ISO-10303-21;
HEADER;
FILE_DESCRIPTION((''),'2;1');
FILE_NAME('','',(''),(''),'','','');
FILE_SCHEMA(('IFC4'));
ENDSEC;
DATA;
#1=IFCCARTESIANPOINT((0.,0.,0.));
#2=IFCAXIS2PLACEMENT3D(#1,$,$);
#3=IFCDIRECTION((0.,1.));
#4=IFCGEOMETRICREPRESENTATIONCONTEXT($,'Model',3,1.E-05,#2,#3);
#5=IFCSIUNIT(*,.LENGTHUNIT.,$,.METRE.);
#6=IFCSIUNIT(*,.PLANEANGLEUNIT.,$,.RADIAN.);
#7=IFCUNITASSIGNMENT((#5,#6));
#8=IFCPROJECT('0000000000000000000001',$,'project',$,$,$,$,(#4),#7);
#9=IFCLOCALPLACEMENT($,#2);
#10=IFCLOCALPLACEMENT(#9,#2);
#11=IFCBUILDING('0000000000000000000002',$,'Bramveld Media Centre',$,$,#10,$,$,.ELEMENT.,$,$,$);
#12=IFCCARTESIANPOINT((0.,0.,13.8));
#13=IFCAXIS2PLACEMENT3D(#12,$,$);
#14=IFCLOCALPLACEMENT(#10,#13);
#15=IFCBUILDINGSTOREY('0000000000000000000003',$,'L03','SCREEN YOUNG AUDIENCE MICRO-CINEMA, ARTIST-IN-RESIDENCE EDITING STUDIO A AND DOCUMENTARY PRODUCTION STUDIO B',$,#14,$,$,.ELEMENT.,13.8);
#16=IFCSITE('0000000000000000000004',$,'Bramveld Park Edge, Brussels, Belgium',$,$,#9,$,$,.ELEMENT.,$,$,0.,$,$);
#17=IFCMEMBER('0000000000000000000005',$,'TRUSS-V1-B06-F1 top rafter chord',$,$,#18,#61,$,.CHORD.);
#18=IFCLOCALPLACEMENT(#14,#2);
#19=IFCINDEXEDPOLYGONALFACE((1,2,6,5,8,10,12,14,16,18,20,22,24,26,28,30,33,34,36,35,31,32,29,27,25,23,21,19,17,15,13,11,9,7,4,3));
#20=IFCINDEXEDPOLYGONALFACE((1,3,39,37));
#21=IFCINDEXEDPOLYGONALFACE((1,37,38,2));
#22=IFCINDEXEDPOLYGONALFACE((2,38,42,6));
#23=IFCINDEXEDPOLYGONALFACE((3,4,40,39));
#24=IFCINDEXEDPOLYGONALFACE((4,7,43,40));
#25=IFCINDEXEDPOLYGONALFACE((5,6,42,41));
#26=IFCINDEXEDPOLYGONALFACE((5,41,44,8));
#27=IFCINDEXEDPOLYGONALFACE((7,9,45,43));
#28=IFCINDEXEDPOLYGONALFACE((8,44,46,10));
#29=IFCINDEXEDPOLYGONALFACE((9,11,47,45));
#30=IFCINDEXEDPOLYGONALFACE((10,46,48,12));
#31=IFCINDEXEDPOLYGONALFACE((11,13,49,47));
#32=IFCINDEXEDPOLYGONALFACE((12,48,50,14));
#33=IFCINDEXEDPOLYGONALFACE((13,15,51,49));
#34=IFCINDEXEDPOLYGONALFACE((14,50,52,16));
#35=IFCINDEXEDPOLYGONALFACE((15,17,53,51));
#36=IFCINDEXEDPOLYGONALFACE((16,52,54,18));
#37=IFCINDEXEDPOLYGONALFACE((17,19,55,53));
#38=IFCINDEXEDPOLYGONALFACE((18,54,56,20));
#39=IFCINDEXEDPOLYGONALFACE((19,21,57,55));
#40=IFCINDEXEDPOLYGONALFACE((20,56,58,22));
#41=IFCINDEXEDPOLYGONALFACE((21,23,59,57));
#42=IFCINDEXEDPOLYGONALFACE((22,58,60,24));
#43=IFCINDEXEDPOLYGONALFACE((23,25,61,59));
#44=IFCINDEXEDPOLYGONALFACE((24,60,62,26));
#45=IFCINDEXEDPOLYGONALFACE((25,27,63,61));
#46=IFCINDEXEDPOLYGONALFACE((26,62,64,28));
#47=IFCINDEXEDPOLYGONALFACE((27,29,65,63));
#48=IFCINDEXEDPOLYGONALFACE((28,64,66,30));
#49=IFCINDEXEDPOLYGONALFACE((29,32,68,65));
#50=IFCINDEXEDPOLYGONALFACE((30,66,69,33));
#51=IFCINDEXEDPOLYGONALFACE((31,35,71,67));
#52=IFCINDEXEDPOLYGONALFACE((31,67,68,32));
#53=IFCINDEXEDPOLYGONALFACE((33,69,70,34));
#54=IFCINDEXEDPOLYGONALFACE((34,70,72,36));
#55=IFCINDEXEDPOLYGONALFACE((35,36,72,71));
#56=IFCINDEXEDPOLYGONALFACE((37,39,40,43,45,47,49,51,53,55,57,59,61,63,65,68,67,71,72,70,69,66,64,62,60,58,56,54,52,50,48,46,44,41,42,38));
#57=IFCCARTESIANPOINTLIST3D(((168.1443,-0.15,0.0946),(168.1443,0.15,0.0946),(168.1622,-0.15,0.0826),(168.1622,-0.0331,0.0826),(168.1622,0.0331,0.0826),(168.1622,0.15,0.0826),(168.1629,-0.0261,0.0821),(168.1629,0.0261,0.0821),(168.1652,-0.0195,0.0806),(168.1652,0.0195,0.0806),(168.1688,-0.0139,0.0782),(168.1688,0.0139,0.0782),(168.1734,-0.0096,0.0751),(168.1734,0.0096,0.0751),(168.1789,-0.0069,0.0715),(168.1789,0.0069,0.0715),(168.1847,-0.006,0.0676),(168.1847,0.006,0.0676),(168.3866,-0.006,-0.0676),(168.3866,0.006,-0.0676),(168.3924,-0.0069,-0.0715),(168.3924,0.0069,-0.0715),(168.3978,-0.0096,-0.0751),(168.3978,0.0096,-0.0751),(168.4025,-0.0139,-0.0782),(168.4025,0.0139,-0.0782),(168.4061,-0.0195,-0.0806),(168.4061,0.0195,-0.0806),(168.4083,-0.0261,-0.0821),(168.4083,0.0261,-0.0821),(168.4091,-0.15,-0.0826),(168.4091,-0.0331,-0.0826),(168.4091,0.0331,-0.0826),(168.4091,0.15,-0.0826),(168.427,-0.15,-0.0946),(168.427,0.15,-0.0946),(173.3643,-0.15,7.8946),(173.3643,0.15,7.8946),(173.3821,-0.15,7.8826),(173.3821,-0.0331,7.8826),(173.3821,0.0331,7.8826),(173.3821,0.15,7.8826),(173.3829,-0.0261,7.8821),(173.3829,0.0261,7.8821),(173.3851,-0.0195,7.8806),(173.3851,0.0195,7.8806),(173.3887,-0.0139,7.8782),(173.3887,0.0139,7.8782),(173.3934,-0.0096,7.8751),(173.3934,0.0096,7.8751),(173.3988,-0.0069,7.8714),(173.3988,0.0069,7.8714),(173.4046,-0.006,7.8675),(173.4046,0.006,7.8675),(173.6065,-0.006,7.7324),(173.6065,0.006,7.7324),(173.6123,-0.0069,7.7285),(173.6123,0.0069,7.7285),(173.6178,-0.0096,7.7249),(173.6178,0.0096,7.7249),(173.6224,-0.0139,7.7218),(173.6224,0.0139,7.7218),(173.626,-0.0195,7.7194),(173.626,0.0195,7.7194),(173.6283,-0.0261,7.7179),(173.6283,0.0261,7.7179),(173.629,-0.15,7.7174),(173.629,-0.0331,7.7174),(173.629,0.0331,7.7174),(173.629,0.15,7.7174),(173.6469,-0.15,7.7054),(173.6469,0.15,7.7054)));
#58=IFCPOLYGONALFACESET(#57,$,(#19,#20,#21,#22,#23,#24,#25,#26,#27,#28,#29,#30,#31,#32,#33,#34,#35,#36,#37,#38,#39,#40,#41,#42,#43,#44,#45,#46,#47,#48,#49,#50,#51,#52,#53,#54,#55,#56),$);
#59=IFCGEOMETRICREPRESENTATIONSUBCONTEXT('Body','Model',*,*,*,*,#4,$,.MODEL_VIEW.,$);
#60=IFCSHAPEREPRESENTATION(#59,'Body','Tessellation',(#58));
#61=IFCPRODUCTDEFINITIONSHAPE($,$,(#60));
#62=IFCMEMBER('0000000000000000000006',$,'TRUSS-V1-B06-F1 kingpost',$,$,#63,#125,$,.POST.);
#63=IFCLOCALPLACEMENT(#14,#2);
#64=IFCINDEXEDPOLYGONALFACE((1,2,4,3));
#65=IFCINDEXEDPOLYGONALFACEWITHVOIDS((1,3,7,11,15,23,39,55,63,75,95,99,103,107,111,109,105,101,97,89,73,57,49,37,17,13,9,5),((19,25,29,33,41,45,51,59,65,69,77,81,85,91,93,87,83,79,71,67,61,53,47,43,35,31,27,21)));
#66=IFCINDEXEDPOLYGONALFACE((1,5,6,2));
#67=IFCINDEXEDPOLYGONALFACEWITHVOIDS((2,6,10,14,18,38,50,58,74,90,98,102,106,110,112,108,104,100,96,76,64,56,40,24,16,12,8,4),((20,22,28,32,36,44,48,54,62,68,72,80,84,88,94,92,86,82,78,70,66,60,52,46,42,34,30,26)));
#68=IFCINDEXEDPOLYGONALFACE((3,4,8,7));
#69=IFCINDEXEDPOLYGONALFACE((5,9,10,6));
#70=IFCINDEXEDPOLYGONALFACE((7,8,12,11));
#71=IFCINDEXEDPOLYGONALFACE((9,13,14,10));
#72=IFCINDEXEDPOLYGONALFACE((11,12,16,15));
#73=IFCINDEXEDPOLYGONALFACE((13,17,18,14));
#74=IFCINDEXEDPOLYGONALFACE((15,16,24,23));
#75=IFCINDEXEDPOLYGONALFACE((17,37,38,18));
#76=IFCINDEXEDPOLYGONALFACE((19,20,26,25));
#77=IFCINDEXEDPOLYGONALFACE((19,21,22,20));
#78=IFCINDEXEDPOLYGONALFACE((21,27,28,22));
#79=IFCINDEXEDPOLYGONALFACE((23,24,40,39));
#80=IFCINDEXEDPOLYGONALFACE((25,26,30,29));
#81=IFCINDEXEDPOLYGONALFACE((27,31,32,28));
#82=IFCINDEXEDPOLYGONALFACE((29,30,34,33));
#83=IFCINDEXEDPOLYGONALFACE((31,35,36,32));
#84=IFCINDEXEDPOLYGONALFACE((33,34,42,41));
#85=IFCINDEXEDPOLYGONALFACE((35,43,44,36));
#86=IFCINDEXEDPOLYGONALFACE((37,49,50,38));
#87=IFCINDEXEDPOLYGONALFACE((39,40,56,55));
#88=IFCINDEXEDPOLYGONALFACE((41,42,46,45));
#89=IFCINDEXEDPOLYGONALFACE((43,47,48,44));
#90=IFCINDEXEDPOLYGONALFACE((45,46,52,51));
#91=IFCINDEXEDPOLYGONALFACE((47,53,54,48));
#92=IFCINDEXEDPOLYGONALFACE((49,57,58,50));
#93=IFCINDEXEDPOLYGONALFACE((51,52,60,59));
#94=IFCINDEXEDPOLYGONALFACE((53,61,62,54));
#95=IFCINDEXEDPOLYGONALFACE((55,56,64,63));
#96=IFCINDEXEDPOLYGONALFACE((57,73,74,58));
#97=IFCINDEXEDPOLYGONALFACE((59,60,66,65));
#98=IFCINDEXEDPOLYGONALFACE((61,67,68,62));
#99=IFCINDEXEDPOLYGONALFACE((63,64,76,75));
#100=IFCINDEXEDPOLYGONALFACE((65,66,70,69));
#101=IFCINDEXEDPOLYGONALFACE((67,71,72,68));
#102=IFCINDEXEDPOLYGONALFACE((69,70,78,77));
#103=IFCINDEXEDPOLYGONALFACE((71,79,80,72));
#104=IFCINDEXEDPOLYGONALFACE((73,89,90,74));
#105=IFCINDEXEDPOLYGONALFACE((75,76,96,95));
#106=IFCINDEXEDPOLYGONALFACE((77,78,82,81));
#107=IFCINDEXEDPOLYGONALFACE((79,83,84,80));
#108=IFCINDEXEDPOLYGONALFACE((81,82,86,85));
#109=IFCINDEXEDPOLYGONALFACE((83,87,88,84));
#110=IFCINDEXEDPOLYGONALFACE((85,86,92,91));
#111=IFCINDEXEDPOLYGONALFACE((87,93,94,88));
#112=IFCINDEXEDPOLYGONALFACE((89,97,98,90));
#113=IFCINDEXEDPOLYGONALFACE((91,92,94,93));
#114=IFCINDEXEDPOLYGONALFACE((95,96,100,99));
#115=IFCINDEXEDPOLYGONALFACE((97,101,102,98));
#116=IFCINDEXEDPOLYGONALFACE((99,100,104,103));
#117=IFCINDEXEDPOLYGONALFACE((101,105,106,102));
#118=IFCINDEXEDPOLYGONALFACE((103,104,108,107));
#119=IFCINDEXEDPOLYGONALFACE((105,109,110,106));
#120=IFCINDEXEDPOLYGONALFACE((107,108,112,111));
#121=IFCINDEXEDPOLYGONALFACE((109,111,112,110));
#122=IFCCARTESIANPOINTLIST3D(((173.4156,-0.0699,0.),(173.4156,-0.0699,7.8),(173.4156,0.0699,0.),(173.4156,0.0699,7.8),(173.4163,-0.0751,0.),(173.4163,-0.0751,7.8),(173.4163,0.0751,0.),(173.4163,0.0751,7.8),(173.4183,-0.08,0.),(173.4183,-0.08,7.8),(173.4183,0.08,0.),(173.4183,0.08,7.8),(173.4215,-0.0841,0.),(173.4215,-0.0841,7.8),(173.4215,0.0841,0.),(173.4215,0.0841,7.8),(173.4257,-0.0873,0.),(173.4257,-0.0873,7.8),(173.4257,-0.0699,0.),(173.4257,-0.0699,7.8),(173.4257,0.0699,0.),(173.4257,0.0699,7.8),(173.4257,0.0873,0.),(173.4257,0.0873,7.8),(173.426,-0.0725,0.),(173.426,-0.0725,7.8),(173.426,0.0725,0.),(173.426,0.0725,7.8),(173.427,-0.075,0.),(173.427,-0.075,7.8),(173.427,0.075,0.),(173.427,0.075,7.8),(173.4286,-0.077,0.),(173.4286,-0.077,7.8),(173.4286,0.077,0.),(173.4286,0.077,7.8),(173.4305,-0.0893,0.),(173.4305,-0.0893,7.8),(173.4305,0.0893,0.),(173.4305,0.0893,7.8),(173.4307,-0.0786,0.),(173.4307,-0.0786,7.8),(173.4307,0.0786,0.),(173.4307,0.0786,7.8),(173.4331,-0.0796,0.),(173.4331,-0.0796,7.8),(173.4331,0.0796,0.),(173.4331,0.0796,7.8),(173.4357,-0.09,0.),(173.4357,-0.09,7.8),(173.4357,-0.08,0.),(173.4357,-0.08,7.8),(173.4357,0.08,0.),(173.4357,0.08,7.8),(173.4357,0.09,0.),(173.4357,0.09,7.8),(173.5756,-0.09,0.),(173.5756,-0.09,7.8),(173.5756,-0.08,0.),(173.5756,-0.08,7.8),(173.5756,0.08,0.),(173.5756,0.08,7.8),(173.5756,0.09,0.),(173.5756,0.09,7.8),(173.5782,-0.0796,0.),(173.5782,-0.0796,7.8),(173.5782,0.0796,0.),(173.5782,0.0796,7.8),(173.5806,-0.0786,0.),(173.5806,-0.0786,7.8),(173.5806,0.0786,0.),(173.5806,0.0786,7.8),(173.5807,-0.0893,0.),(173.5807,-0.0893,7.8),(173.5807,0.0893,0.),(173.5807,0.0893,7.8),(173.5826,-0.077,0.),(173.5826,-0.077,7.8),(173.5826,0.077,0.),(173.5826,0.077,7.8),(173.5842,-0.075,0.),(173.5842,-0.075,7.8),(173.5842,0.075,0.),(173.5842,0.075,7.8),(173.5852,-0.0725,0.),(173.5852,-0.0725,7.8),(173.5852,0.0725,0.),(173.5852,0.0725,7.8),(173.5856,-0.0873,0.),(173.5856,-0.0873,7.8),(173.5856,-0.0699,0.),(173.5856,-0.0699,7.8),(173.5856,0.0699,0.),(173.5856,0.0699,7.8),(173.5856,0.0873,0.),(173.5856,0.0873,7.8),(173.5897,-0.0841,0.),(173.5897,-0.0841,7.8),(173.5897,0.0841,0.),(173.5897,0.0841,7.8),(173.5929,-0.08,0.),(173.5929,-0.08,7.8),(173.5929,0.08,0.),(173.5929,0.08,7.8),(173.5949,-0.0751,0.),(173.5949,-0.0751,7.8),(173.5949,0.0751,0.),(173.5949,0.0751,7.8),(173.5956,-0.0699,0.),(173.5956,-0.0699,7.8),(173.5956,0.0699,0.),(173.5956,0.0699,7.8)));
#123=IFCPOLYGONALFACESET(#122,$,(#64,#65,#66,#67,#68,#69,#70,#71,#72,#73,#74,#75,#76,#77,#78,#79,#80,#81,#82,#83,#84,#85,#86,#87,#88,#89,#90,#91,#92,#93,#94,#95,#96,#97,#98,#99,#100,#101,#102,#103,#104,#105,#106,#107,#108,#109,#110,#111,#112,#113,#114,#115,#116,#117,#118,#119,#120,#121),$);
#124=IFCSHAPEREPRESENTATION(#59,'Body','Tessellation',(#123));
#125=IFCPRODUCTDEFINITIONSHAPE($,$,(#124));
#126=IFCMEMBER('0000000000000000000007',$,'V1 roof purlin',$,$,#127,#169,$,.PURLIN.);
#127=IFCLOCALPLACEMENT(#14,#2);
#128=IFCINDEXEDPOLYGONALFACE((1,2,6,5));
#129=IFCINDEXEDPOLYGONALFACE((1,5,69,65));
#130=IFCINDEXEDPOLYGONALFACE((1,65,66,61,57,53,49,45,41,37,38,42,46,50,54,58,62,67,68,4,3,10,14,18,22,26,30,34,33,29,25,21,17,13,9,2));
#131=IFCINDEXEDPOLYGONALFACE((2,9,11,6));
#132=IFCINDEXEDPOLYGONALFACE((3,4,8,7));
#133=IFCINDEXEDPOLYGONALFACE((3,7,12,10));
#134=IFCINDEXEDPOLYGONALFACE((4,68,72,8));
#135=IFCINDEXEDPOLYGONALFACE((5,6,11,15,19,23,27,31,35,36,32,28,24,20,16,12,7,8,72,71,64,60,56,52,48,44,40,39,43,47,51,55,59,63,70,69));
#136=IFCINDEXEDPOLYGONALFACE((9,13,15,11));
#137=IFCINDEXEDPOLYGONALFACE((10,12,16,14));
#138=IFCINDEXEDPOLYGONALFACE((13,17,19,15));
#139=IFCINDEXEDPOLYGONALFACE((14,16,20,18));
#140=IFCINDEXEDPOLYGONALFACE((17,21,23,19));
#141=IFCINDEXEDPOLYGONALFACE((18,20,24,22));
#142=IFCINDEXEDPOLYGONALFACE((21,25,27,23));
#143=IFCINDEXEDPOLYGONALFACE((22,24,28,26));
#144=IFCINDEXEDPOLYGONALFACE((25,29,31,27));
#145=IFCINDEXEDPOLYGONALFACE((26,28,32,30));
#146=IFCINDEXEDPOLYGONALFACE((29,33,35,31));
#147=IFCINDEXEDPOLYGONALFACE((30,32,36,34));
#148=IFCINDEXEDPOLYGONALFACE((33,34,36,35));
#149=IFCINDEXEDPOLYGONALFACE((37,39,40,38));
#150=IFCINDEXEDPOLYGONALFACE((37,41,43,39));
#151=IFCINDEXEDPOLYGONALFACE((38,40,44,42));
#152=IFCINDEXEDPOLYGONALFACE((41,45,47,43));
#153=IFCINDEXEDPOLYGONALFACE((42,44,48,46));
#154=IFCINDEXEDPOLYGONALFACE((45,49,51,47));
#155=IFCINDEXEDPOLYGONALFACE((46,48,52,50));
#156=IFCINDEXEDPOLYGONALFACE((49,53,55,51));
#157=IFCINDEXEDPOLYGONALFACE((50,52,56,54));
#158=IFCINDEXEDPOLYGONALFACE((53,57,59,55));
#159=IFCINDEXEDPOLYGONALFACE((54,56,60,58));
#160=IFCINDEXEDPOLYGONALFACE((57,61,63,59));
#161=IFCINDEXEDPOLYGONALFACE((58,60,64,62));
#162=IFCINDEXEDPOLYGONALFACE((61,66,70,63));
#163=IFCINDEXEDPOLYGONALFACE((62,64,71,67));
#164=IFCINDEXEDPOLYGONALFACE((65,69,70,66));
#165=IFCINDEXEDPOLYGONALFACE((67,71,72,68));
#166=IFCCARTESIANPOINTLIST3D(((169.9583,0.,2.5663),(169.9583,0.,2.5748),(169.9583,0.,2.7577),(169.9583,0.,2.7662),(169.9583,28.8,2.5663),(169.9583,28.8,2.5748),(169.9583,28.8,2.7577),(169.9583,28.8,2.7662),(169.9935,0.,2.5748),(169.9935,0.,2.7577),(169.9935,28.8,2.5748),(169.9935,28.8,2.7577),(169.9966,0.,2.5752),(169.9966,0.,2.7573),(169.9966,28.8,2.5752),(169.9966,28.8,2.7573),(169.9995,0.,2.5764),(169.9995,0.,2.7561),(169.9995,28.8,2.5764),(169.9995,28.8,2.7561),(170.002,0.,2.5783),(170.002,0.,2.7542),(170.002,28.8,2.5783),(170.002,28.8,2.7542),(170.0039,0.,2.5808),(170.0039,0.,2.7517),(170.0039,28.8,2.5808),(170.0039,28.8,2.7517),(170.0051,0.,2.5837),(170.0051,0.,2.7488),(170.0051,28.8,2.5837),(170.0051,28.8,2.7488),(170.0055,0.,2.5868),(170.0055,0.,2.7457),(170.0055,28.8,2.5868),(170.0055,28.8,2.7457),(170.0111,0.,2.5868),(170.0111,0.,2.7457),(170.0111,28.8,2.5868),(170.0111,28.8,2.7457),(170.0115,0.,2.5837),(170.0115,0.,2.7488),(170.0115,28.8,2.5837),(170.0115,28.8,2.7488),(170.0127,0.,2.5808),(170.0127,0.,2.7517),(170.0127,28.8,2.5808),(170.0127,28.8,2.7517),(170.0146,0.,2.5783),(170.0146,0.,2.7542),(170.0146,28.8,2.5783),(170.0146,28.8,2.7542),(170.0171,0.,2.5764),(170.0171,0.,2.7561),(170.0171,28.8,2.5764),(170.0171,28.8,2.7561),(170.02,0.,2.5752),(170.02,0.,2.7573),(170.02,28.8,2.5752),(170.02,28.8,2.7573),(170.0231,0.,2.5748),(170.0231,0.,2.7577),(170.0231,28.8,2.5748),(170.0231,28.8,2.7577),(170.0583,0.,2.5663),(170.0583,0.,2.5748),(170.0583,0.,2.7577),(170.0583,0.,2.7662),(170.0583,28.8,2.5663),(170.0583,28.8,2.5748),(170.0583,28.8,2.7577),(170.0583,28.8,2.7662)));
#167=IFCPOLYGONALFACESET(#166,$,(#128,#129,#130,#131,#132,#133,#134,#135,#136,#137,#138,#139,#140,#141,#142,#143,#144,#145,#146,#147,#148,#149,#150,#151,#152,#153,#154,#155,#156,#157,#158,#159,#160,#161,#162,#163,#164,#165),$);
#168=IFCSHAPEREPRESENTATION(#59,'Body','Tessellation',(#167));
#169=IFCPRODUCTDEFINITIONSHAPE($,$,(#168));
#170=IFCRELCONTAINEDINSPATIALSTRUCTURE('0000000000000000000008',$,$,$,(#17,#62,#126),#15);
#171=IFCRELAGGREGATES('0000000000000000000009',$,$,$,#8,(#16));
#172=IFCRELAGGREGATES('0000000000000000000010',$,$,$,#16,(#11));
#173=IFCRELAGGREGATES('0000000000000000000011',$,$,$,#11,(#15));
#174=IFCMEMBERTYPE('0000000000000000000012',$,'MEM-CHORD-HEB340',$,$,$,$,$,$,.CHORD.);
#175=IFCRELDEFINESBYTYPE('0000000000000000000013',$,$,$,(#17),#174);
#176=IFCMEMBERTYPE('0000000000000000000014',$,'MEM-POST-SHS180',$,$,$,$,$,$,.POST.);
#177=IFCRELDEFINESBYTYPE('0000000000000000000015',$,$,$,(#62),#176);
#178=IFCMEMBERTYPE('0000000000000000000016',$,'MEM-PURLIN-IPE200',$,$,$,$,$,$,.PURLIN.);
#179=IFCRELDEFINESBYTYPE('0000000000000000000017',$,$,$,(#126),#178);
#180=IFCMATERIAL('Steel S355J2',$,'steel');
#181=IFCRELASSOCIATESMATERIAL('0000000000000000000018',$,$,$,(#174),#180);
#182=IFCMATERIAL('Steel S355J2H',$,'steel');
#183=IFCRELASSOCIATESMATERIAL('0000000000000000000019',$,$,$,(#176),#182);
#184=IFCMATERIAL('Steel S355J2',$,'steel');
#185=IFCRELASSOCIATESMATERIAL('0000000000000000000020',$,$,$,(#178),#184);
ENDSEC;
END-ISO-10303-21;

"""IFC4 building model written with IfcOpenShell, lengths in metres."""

from ifc_helpers import new_model, si_unit, direction, frame, origin, origin_2d, place, context, subcontext, project, spatial, hollow_rectangle, i_section, extrude, material, material_profile, profile_set, type_object, element, save


model = new_model("IFC4")

# Units and contexts
model_context = context("Model", 3, precision=1e-05, world=origin(), true_north=direction((0.0, 1.0)))
body_context = subcontext(model_context, "Body", "Model", "MODEL_VIEW")
ifc_project = project(units=[si_unit("LENGTHUNIT", "METRE"), si_unit("PLANEANGLEUNIT", "RADIAN")], contexts=[model_context])

# Site, building, storey
site_placement = place(None, origin())
site = spatial("IfcSite", under=ifc_project, at=site_placement, Name="Bramveld Park Edge, Brussels, Belgium", CompositionType="ELEMENT", RefElevation=0.0)
building_placement = place(site_placement, origin())
building = spatial("IfcBuilding", under=site, at=building_placement, Name="Bramveld Media Centre", CompositionType="ELEMENT")
storey_placement = place(building_placement, frame((0.0, 0.0, 13.8)))
storey = spatial("IfcBuildingStorey", under=building, at=storey_placement, Name="L03", Description="SCREEN YOUNG AUDIENCE MICRO-CINEMA, ARTIST-IN-RESIDENCE EDITING STUDIO A AND DOCUMENTARY PRODUCTION STUDIO B", CompositionType="ELEMENT", Elevation=13.8)

# Members
ifc_material_1 = material(Name="Steel S355J2", Category="steel")
ifc_material_profile_1 = material_profile(ifc_material_1, i_section(OverallWidth=0.3, OverallDepth=0.3401, WebThickness=0.012, FlangeThickness=0.0215, FilletRadius=0.0271, at=origin_2d()), Name="HEB 340")
ifc_profile_set_1 = profile_set([ifc_material_profile_1], Name="Steel S355J2")
member_type_1 = type_object("IfcMemberType", Name="MEM-CHORD-HEB340", PredefinedType="CHORD", material=ifc_profile_set_1)
member_1_placement = place(storey_placement, frame((168.2856, 0.0, 0.0), z_axis=(0.55617, 0.0, 0.831069), x_axis=(0.0, 1.0, 0.0)))
element("IfcMember", 1, at=member_1_placement, inside=storey, type_object=member_type_1, Name="TRUSS-V1-B06-F1 top rafter chord", PredefinedType="CHORD", context=body_context, shape_type="SweptSolid", body=[
    extrude(i_section(OverallWidth=0.3, OverallDepth=0.3401, WebThickness=0.012, FlangeThickness=0.0215, FilletRadius=0.0271, at=origin_2d()), origin(), (0.0, 0.0, 1.0), 9.3855),
])
ifc_material_2 = material(Name="Steel S355J2H", Category="steel")
ifc_material_profile_2 = material_profile(ifc_material_2, hollow_rectangle(XDim=0.1799, YDim=0.1799, WallThickness=0.01, InnerFilletRadius=0.01, OuterFilletRadius=0.02, at=origin_2d()), Name="SHS 180x180x10")
ifc_profile_set_2 = profile_set([ifc_material_profile_2], Name="Steel S355J2H")
member_type_2 = type_object("IfcMemberType", Name="MEM-POST-SHS180", PredefinedType="POST", material=ifc_profile_set_2)
member_2_placement = place(storey_placement, frame((173.5056, 0.0, 0.0), z_axis=(0.0, 0.0, 1.0), x_axis=(1.0, 0.0, 0.0)))
element("IfcMember", 2, at=member_2_placement, inside=storey, type_object=member_type_2, Name="TRUSS-V1-B06-F1 kingpost", PredefinedType="POST", context=body_context, shape_type="SweptSolid", body=[
    extrude(hollow_rectangle(XDim=0.1799, YDim=0.1799, WallThickness=0.01, InnerFilletRadius=0.01, OuterFilletRadius=0.02, at=origin_2d()), origin(), (0.0, 0.0, 1.0), 7.8),
])
ifc_material_3 = material(Name="Steel S355J2", Category="steel")
ifc_material_profile_3 = material_profile(ifc_material_3, i_section(OverallWidth=0.1001, OverallDepth=0.2, WebThickness=0.0056, FlangeThickness=0.0085, FilletRadius=0.012, at=origin_2d()), Name="IPE 200")
ifc_profile_set_3 = profile_set([ifc_material_profile_3], Name="Steel S355J2")
member_type_3 = type_object("IfcMemberType", Name="MEM-PURLIN-IPE200", PredefinedType="PURLIN", material=ifc_profile_set_3)
member_3_placement = place(storey_placement, frame((170.0083, 0.0, 2.6663), z_axis=(0.0, 1.0, 0.0), x_axis=(-1.0, 0.0, 0.0)))
element("IfcMember", 3, at=member_3_placement, inside=storey, type_object=member_type_3, Name="V1 roof purlin", PredefinedType="PURLIN", context=body_context, shape_type="SweptSolid", body=[
    extrude(i_section(OverallWidth=0.1001, OverallDepth=0.2, WebThickness=0.0056, FlangeThickness=0.0085, FilletRadius=0.012, at=origin_2d()), origin(), (0.0, 0.0, 1.0), 28.8),
])

save(model, "model.ifc")
